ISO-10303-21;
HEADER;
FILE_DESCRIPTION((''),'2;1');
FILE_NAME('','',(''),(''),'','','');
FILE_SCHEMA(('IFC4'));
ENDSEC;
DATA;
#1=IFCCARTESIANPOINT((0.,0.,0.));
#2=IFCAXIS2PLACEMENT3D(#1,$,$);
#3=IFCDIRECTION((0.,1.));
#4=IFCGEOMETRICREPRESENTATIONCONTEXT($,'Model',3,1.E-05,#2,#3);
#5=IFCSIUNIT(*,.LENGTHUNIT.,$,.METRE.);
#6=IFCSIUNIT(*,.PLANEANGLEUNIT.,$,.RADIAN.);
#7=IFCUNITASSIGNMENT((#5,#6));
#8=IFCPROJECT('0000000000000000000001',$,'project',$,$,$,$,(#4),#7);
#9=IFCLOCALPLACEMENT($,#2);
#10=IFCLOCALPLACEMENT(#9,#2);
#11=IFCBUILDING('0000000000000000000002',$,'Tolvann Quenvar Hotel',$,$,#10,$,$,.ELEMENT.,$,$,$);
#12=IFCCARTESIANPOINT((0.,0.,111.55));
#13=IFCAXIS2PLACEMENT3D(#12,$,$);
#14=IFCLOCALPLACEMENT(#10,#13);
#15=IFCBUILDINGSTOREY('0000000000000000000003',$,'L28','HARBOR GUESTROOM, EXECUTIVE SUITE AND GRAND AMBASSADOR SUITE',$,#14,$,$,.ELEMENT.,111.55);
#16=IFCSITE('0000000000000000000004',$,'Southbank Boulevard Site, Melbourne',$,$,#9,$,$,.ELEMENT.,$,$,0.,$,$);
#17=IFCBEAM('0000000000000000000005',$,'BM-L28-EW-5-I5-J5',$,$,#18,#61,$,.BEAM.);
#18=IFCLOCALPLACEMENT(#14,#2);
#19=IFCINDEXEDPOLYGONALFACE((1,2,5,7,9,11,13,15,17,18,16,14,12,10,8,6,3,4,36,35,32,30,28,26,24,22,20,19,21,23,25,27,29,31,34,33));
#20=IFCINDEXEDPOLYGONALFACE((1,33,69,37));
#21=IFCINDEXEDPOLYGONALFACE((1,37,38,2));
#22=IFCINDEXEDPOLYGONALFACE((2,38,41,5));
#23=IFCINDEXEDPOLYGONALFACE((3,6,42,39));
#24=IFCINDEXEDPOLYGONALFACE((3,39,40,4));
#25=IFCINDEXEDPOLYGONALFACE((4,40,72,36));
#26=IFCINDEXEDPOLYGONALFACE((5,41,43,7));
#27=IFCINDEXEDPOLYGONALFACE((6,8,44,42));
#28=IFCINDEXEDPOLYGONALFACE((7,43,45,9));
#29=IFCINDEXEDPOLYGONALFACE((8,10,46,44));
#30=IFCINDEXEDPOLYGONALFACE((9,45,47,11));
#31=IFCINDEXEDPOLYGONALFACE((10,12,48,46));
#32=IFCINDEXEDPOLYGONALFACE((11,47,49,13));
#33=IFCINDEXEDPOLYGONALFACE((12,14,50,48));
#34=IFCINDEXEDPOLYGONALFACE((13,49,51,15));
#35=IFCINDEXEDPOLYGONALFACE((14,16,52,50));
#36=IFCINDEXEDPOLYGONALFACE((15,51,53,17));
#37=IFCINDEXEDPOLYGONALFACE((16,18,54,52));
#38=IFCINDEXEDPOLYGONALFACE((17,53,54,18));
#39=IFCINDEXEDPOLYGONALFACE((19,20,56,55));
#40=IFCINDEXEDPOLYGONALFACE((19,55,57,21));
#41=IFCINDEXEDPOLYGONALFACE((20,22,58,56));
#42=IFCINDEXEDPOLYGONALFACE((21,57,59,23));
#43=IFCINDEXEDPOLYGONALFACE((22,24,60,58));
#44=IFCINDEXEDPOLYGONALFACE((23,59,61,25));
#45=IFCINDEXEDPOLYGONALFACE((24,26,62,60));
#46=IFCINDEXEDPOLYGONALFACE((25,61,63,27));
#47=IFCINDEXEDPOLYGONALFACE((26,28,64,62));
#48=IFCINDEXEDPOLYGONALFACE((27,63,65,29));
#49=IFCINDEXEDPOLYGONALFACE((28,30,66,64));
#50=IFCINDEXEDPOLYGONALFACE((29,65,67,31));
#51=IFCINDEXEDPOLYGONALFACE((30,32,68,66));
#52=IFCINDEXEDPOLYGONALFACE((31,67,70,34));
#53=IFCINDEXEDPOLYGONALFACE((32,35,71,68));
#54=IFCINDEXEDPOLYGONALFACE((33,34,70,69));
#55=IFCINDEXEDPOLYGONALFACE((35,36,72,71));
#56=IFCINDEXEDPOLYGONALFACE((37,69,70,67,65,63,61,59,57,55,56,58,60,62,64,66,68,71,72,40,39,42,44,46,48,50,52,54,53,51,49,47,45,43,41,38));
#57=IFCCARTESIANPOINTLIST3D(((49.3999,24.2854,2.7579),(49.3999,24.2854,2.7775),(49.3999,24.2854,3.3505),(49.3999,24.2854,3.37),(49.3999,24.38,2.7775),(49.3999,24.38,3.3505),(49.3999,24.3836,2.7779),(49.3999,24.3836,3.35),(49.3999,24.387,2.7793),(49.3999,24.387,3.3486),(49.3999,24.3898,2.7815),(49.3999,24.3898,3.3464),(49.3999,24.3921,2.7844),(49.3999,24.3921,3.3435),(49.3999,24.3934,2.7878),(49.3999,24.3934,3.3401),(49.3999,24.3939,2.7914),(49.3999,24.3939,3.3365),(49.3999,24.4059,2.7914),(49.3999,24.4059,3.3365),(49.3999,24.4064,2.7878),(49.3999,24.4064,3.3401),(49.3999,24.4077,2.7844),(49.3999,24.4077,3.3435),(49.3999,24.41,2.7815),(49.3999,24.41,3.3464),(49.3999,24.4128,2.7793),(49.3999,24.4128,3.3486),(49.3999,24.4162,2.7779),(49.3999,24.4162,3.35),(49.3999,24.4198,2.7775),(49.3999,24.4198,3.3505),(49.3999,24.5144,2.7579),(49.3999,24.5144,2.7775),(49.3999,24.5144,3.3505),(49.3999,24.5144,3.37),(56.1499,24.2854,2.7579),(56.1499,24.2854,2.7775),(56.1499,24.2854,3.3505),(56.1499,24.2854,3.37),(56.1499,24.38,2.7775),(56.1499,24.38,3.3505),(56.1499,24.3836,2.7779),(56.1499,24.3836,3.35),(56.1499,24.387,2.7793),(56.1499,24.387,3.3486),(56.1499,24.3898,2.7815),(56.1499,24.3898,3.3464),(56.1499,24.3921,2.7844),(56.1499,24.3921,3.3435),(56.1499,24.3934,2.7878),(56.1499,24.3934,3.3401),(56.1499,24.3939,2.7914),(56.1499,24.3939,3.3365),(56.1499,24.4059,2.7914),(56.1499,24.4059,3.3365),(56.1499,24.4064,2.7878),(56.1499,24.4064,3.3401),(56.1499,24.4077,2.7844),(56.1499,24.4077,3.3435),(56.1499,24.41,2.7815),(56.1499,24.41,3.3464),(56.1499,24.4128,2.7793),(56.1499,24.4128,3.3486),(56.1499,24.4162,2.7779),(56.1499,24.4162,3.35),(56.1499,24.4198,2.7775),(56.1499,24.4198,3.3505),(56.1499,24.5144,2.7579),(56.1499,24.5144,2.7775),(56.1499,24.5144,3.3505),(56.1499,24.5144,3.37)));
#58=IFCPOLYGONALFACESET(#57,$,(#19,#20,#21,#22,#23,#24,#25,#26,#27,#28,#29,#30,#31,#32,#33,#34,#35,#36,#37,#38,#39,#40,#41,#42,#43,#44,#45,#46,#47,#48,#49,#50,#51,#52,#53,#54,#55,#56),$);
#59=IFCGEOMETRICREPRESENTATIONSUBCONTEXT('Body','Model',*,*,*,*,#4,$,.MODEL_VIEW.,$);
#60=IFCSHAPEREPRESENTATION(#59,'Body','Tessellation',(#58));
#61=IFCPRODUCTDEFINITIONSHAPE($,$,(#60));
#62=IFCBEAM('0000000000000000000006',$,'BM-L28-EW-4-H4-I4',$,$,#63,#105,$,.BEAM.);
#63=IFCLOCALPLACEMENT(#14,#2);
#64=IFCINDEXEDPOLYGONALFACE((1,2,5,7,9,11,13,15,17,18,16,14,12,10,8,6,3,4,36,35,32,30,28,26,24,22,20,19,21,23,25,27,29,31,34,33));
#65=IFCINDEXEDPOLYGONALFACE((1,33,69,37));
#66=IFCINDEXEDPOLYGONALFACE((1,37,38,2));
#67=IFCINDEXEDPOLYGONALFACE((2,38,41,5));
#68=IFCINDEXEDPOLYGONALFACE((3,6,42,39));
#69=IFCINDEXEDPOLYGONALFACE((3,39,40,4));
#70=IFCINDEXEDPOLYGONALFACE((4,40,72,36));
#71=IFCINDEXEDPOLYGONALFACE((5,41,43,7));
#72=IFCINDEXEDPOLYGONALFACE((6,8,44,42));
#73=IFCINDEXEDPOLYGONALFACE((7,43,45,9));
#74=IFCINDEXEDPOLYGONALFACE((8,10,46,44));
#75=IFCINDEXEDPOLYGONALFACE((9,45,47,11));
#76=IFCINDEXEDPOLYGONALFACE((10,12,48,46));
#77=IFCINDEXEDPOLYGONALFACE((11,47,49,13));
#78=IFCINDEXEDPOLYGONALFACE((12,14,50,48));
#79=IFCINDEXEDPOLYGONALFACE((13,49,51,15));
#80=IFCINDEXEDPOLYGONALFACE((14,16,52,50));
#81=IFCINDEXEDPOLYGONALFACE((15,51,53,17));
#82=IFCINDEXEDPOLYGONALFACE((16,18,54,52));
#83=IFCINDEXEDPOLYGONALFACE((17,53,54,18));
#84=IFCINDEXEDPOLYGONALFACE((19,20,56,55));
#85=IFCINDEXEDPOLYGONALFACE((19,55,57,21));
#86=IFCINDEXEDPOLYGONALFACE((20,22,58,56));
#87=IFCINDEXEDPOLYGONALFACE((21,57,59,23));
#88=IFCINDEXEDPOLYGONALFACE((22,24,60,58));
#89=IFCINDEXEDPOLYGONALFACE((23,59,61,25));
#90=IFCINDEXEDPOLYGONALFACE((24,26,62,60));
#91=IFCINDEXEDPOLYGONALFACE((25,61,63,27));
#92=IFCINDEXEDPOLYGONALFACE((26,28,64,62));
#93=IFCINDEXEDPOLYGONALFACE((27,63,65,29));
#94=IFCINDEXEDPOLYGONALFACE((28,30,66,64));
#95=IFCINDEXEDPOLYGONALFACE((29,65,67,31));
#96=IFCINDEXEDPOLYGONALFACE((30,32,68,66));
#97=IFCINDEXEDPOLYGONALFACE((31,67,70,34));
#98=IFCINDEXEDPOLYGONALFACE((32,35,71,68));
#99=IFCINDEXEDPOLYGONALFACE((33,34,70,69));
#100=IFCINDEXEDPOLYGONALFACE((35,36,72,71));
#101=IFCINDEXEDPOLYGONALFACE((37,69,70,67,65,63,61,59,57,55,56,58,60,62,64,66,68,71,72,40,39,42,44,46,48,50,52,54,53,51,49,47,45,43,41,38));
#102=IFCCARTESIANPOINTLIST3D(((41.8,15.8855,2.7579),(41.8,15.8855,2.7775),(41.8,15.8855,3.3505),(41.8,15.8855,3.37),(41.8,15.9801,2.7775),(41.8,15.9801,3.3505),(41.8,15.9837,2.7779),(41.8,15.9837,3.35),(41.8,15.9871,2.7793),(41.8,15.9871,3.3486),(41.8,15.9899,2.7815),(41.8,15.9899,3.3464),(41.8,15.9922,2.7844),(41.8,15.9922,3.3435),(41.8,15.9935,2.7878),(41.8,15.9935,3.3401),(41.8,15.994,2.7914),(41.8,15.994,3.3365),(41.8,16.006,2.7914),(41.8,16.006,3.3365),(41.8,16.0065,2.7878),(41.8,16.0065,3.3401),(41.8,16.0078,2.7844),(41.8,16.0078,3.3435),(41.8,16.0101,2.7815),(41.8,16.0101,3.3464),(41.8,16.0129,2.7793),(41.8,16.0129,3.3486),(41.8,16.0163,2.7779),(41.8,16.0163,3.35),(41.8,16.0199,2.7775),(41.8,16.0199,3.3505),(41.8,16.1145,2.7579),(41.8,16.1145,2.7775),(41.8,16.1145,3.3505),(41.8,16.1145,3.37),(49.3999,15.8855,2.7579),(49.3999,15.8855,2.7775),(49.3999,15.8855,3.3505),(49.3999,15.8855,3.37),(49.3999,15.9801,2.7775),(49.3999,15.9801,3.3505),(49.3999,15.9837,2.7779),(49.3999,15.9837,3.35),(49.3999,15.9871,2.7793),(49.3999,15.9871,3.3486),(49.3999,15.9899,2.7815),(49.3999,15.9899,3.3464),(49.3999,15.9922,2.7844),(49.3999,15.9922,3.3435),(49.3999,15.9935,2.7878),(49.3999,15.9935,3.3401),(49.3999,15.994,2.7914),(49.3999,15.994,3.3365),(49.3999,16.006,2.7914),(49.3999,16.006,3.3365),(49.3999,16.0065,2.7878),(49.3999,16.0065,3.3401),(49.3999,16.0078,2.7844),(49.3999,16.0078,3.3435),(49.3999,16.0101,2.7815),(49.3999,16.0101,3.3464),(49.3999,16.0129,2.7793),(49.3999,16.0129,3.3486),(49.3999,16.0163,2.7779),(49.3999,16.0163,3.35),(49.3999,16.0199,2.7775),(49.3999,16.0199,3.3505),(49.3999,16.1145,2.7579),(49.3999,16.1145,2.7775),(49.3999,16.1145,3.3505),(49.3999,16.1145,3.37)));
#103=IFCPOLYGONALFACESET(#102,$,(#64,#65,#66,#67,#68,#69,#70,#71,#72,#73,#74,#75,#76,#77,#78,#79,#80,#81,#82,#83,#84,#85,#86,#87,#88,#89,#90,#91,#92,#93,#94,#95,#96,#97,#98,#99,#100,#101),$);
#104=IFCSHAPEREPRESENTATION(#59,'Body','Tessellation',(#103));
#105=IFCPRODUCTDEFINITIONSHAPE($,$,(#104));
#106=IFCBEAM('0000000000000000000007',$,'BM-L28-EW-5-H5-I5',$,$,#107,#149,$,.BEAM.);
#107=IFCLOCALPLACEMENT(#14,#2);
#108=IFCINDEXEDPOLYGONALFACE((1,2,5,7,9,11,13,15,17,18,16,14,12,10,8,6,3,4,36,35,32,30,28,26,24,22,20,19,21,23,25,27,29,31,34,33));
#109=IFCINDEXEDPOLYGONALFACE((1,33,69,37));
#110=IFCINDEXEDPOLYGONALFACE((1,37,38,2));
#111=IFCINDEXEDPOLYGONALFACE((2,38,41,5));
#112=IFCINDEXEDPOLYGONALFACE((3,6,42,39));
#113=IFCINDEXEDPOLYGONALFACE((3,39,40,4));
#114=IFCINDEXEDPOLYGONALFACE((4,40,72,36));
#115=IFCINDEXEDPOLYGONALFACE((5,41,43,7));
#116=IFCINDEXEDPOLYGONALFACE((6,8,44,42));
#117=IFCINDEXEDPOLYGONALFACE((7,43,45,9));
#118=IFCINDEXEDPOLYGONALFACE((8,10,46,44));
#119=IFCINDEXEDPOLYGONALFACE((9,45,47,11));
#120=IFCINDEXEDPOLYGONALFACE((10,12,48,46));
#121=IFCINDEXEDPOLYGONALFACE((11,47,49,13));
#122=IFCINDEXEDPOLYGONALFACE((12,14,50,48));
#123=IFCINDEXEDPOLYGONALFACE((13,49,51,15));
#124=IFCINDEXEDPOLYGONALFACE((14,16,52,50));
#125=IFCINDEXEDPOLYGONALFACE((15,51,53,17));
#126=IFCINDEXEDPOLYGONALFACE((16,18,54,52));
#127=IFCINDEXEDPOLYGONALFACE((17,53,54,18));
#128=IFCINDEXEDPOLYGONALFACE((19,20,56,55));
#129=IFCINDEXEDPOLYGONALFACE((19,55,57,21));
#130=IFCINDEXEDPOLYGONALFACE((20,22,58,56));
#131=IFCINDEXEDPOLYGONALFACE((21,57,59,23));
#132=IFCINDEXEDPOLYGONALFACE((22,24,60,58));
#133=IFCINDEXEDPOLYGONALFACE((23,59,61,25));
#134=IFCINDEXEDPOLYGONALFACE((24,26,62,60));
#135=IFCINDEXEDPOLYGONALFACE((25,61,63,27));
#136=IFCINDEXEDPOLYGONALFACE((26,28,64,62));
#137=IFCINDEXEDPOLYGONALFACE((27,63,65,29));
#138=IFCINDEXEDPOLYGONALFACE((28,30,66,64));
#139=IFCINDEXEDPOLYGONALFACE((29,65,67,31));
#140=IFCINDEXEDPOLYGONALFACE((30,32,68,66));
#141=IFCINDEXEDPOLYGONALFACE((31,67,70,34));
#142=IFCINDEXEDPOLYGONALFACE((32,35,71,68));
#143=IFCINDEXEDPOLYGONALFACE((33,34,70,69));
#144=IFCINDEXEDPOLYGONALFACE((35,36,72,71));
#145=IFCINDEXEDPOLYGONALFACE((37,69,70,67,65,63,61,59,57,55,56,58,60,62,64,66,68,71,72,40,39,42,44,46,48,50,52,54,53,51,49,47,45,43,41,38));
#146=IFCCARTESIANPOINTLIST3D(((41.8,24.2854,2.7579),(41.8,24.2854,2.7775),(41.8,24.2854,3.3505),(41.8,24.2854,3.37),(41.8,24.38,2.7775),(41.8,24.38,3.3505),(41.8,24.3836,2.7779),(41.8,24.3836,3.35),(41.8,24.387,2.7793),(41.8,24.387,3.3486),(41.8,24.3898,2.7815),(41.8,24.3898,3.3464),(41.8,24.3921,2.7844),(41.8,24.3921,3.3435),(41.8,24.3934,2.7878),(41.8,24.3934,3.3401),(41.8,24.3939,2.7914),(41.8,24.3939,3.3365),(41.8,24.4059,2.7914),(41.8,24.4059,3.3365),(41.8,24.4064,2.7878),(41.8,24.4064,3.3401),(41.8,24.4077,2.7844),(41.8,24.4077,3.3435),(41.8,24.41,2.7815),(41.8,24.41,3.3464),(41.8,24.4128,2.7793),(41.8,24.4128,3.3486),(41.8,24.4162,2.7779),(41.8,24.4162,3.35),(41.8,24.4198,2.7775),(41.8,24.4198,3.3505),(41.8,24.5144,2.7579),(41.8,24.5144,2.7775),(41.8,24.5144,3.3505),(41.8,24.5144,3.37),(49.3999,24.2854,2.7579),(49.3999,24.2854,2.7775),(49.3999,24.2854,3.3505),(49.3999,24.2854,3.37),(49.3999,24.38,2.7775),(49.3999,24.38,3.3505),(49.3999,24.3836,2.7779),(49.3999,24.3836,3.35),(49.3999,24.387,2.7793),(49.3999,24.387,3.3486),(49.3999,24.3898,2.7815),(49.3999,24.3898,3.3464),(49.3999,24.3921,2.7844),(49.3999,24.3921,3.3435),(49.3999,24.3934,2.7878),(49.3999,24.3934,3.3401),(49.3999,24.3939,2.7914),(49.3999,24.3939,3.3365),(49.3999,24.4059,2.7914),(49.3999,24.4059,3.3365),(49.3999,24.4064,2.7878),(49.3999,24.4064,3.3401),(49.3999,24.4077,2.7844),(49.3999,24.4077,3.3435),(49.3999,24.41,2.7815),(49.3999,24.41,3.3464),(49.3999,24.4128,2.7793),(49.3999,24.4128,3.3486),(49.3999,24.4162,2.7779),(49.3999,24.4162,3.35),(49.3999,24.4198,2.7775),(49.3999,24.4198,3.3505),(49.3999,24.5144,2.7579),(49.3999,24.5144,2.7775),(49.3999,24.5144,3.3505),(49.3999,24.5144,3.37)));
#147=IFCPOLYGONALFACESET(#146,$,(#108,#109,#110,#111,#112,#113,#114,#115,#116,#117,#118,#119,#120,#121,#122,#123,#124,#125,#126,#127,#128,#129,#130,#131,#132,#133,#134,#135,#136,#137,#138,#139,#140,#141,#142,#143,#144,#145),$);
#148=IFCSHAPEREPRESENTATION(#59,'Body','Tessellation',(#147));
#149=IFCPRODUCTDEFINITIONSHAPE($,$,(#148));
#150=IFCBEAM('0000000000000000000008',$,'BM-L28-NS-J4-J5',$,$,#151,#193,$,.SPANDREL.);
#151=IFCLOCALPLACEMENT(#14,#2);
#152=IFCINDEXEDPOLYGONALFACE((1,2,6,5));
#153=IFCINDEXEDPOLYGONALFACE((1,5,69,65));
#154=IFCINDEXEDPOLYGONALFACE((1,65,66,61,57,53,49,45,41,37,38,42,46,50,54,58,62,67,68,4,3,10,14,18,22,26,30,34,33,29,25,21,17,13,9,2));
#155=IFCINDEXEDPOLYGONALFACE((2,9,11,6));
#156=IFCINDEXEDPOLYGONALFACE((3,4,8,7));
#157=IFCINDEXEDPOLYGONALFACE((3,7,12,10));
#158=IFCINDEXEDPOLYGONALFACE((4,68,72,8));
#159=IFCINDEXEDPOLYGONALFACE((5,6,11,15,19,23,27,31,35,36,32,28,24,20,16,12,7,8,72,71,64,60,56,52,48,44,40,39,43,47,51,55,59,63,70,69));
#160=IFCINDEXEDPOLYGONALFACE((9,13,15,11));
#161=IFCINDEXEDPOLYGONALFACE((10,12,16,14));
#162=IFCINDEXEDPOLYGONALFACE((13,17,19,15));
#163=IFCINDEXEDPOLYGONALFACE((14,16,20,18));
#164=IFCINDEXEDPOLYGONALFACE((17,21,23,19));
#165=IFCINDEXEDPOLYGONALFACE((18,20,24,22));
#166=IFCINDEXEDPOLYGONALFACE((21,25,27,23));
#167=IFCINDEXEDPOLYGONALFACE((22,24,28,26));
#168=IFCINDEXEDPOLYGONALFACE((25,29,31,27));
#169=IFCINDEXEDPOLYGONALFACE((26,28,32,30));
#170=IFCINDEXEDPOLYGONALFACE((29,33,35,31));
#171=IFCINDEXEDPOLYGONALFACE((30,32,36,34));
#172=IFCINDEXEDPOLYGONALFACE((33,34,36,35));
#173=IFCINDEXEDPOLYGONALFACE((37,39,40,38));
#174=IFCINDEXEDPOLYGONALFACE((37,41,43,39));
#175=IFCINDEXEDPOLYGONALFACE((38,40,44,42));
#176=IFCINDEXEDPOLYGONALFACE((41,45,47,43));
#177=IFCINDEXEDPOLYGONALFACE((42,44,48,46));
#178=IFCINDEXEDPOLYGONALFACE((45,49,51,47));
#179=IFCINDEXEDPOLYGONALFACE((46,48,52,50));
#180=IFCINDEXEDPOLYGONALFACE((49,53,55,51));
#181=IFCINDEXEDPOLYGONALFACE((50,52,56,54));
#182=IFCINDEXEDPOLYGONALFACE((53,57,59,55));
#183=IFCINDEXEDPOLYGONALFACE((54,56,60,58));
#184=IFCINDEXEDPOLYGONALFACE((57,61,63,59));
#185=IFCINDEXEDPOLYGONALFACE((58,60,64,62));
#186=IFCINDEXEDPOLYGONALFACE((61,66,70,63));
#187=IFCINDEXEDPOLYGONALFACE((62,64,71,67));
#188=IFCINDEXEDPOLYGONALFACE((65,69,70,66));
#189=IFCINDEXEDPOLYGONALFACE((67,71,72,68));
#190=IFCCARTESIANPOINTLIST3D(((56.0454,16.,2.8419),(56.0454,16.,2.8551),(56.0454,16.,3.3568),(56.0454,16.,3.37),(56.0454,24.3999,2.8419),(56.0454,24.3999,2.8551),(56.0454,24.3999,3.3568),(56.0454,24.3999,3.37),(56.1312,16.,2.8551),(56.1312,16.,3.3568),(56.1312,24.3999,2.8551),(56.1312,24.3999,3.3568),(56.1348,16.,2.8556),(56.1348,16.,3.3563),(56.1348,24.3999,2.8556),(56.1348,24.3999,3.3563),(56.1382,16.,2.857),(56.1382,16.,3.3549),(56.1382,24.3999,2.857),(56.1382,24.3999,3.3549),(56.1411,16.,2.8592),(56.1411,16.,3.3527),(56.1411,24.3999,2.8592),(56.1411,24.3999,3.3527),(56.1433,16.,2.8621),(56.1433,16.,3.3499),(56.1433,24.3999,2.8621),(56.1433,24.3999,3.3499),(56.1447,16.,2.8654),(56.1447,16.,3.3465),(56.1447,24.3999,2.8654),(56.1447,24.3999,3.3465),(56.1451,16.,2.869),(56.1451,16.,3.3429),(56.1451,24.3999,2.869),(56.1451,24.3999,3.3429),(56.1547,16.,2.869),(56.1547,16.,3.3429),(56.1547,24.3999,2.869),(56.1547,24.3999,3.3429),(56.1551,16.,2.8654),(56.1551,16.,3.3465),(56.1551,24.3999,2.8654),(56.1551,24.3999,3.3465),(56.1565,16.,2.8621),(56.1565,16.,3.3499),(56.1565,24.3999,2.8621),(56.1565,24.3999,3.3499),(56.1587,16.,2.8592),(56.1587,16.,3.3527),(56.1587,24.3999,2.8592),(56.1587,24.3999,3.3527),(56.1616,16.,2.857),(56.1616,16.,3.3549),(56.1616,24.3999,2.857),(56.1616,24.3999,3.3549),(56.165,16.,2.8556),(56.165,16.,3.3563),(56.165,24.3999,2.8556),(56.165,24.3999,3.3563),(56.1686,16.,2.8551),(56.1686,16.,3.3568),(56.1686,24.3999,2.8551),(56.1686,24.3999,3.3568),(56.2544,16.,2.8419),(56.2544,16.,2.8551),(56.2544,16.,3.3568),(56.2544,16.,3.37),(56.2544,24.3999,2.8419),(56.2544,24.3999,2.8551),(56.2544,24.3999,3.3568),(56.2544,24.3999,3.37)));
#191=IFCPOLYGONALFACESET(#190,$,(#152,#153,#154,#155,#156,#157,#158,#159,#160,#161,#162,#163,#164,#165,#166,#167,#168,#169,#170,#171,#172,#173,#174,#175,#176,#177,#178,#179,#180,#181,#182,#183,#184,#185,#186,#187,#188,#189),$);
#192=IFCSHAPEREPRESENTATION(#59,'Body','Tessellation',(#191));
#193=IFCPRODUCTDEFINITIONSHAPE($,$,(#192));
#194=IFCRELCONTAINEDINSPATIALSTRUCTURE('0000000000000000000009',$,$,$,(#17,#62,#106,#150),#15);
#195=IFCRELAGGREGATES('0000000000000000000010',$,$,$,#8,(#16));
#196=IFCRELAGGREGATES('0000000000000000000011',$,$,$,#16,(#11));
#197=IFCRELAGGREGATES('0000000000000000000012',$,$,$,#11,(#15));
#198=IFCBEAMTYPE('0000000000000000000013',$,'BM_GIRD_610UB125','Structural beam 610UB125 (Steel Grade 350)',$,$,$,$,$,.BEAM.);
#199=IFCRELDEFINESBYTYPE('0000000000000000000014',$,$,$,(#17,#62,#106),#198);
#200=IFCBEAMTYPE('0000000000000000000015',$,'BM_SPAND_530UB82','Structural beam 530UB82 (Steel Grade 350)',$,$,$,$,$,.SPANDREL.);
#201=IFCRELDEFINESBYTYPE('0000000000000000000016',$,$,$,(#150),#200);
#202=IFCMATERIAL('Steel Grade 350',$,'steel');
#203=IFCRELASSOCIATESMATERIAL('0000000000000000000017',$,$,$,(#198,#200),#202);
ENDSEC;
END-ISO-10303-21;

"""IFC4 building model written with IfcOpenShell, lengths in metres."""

from ifc_helpers import new_model, si_unit, direction, frame, origin, origin_2d, place, context, subcontext, project, spatial, i_section, extrude, source, transform, mapped, material, material_profile, profile_set, type_object, type_shapes, element, save


model = new_model("IFC4")

# Units and contexts
model_context = context("Model", 3, precision=1e-05, world=origin(), true_north=direction((0.0, 1.0)))
body_context = subcontext(model_context, "Body", "Model", "MODEL_VIEW")
ifc_project = project(units=[si_unit("LENGTHUNIT", "METRE"), si_unit("PLANEANGLEUNIT", "RADIAN")], contexts=[model_context])

# Site, building, storey
site_placement = place(None, origin())
site = spatial("IfcSite", under=ifc_project, at=site_placement, Name="Southbank Boulevard Site, Melbourne", CompositionType="ELEMENT", RefElevation=0.0)
building_placement = place(site_placement, origin())
building = spatial("IfcBuilding", under=site, at=building_placement, Name="Tolvann Quenvar Hotel", CompositionType="ELEMENT")
storey_placement = place(building_placement, frame((0.0, 0.0, 111.55)))
storey = spatial("IfcBuildingStorey", under=building, at=storey_placement, Name="L28", Description="HARBOR GUESTROOM, EXECUTIVE SUITE AND GRAND AMBASSADOR SUITE", CompositionType="ELEMENT", Elevation=111.55)

# Shared definitions
ifc_material_1 = material(Name="Steel Grade 350", Category="steel")

# Beams
ifc_material_profile_1 = material_profile(ifc_material_1, i_section(OverallWidth=0.229, OverallDepth=0.6121, WebThickness=0.012, FlangeThickness=0.0195, FilletRadius=0.0139, at=origin_2d()), Name="610UB125")
ifc_profile_set_1 = profile_set([ifc_material_profile_1], Name="Steel Grade 350")
beam_type_1 = type_object("IfcBeamType", Name="BM_GIRD_610UB125", Description="Structural beam 610UB125 (Steel Grade 350)", PredefinedType="BEAM", material=ifc_profile_set_1)
shared_shape_1 = source(origin(), body_context, "Body", "SweptSolid", [
    extrude(i_section(OverallWidth=0.229, OverallDepth=0.6121, WebThickness=0.012, FlangeThickness=0.0195, FilletRadius=0.0139, at=origin_2d()), origin(), (0.0, 0.0, 1.0), 6.75),
])
for number, where, z_axis, x_axis, name in (
    (1, (49.3999, 24.3999, 3.064), (1.0, 0.0, 0.0), (0.0, 1.0, 0.0), "BM-L28-EW-5-I5-J5"),
):
    element("IfcBeam", number, at=place(storey_placement, frame(where, z_axis=z_axis, x_axis=x_axis)), inside=storey, type_object=beam_type_1, Name=name, PredefinedType="BEAM", context=body_context, shape_type="MappedRepresentation", body=[
        mapped(shared_shape_1, transform((0.0, 0.0, 0.0), x_axis=(1.0, 0.0, 0.0), y_axis=(0.0, 1.0, 0.0), z_axis=(0.0, 0.0, 1.0), scale=1.0)),
    ])
shared_shape_2 = source(origin(), body_context, "Body", "SweptSolid", [
    extrude(i_section(OverallWidth=0.229, OverallDepth=0.6121, WebThickness=0.012, FlangeThickness=0.0195, FilletRadius=0.0139, at=origin_2d()), origin(), (0.0, 0.0, 1.0), 7.5999),
])
type_shapes(beam_type_1, [shared_shape_1, shared_shape_2])
for number, where, z_axis, x_axis, name in (
    (2, (41.8, 16.0, 3.064), (1.0, 0.0, 0.0), (0.0, 1.0, 0.0), "BM-L28-EW-4-H4-I4"),
    (3, (41.8, 24.3999, 3.064), (1.0, 0.0, 0.0), (0.0, 1.0, 0.0), "BM-L28-EW-5-H5-I5"),
):
    element("IfcBeam", number, at=place(storey_placement, frame(where, z_axis=z_axis, x_axis=x_axis)), inside=storey, type_object=beam_type_1, Name=name, PredefinedType="BEAM", context=body_context, shape_type="MappedRepresentation", body=[
        mapped(shared_shape_2, transform((0.0, 0.0, 0.0), x_axis=(1.0, 0.0, 0.0), y_axis=(0.0, 1.0, 0.0), z_axis=(0.0, 0.0, 1.0), scale=1.0)),
    ])
ifc_material_profile_2 = material_profile(ifc_material_1, i_section(OverallWidth=0.209, OverallDepth=0.5281, WebThickness=0.0095, FlangeThickness=0.0132, FilletRadius=0.0139, at=origin_2d()), Name="530UB82")
ifc_profile_set_2 = profile_set([ifc_material_profile_2], Name="Steel Grade 350")
beam_type_2 = type_object("IfcBeamType", Name="BM_SPAND_530UB82", Description="Structural beam 530UB82 (Steel Grade 350)", PredefinedType="SPANDREL", material=ifc_profile_set_2)
shared_shape_3 = source(origin(), body_context, "Body", "SweptSolid", [
    extrude(i_section(OverallWidth=0.209, OverallDepth=0.5281, WebThickness=0.0095, FlangeThickness=0.0132, FilletRadius=0.0139, at=origin_2d()), origin(), (0.0, 0.0, 1.0), 8.3999),
])
type_shapes(beam_type_2, [shared_shape_3])
beam_1_placement = place(storey_placement, frame((56.1499, 16.0, 3.106), z_axis=(0.0, 1.0, 0.0), x_axis=(-1.0, 0.0, 0.0)))
element("IfcBeam", 4, at=beam_1_placement, inside=storey, type_object=beam_type_2, Name="BM-L28-NS-J4-J5", PredefinedType="SPANDREL", context=body_context, shape_type="MappedRepresentation", body=[
    mapped(shared_shape_3, transform((0.0, 0.0, 0.0), x_axis=(1.0, 0.0, 0.0), y_axis=(0.0, 1.0, 0.0), z_axis=(0.0, 0.0, 1.0), scale=1.0)),
])

save(model, "model.ifc")
